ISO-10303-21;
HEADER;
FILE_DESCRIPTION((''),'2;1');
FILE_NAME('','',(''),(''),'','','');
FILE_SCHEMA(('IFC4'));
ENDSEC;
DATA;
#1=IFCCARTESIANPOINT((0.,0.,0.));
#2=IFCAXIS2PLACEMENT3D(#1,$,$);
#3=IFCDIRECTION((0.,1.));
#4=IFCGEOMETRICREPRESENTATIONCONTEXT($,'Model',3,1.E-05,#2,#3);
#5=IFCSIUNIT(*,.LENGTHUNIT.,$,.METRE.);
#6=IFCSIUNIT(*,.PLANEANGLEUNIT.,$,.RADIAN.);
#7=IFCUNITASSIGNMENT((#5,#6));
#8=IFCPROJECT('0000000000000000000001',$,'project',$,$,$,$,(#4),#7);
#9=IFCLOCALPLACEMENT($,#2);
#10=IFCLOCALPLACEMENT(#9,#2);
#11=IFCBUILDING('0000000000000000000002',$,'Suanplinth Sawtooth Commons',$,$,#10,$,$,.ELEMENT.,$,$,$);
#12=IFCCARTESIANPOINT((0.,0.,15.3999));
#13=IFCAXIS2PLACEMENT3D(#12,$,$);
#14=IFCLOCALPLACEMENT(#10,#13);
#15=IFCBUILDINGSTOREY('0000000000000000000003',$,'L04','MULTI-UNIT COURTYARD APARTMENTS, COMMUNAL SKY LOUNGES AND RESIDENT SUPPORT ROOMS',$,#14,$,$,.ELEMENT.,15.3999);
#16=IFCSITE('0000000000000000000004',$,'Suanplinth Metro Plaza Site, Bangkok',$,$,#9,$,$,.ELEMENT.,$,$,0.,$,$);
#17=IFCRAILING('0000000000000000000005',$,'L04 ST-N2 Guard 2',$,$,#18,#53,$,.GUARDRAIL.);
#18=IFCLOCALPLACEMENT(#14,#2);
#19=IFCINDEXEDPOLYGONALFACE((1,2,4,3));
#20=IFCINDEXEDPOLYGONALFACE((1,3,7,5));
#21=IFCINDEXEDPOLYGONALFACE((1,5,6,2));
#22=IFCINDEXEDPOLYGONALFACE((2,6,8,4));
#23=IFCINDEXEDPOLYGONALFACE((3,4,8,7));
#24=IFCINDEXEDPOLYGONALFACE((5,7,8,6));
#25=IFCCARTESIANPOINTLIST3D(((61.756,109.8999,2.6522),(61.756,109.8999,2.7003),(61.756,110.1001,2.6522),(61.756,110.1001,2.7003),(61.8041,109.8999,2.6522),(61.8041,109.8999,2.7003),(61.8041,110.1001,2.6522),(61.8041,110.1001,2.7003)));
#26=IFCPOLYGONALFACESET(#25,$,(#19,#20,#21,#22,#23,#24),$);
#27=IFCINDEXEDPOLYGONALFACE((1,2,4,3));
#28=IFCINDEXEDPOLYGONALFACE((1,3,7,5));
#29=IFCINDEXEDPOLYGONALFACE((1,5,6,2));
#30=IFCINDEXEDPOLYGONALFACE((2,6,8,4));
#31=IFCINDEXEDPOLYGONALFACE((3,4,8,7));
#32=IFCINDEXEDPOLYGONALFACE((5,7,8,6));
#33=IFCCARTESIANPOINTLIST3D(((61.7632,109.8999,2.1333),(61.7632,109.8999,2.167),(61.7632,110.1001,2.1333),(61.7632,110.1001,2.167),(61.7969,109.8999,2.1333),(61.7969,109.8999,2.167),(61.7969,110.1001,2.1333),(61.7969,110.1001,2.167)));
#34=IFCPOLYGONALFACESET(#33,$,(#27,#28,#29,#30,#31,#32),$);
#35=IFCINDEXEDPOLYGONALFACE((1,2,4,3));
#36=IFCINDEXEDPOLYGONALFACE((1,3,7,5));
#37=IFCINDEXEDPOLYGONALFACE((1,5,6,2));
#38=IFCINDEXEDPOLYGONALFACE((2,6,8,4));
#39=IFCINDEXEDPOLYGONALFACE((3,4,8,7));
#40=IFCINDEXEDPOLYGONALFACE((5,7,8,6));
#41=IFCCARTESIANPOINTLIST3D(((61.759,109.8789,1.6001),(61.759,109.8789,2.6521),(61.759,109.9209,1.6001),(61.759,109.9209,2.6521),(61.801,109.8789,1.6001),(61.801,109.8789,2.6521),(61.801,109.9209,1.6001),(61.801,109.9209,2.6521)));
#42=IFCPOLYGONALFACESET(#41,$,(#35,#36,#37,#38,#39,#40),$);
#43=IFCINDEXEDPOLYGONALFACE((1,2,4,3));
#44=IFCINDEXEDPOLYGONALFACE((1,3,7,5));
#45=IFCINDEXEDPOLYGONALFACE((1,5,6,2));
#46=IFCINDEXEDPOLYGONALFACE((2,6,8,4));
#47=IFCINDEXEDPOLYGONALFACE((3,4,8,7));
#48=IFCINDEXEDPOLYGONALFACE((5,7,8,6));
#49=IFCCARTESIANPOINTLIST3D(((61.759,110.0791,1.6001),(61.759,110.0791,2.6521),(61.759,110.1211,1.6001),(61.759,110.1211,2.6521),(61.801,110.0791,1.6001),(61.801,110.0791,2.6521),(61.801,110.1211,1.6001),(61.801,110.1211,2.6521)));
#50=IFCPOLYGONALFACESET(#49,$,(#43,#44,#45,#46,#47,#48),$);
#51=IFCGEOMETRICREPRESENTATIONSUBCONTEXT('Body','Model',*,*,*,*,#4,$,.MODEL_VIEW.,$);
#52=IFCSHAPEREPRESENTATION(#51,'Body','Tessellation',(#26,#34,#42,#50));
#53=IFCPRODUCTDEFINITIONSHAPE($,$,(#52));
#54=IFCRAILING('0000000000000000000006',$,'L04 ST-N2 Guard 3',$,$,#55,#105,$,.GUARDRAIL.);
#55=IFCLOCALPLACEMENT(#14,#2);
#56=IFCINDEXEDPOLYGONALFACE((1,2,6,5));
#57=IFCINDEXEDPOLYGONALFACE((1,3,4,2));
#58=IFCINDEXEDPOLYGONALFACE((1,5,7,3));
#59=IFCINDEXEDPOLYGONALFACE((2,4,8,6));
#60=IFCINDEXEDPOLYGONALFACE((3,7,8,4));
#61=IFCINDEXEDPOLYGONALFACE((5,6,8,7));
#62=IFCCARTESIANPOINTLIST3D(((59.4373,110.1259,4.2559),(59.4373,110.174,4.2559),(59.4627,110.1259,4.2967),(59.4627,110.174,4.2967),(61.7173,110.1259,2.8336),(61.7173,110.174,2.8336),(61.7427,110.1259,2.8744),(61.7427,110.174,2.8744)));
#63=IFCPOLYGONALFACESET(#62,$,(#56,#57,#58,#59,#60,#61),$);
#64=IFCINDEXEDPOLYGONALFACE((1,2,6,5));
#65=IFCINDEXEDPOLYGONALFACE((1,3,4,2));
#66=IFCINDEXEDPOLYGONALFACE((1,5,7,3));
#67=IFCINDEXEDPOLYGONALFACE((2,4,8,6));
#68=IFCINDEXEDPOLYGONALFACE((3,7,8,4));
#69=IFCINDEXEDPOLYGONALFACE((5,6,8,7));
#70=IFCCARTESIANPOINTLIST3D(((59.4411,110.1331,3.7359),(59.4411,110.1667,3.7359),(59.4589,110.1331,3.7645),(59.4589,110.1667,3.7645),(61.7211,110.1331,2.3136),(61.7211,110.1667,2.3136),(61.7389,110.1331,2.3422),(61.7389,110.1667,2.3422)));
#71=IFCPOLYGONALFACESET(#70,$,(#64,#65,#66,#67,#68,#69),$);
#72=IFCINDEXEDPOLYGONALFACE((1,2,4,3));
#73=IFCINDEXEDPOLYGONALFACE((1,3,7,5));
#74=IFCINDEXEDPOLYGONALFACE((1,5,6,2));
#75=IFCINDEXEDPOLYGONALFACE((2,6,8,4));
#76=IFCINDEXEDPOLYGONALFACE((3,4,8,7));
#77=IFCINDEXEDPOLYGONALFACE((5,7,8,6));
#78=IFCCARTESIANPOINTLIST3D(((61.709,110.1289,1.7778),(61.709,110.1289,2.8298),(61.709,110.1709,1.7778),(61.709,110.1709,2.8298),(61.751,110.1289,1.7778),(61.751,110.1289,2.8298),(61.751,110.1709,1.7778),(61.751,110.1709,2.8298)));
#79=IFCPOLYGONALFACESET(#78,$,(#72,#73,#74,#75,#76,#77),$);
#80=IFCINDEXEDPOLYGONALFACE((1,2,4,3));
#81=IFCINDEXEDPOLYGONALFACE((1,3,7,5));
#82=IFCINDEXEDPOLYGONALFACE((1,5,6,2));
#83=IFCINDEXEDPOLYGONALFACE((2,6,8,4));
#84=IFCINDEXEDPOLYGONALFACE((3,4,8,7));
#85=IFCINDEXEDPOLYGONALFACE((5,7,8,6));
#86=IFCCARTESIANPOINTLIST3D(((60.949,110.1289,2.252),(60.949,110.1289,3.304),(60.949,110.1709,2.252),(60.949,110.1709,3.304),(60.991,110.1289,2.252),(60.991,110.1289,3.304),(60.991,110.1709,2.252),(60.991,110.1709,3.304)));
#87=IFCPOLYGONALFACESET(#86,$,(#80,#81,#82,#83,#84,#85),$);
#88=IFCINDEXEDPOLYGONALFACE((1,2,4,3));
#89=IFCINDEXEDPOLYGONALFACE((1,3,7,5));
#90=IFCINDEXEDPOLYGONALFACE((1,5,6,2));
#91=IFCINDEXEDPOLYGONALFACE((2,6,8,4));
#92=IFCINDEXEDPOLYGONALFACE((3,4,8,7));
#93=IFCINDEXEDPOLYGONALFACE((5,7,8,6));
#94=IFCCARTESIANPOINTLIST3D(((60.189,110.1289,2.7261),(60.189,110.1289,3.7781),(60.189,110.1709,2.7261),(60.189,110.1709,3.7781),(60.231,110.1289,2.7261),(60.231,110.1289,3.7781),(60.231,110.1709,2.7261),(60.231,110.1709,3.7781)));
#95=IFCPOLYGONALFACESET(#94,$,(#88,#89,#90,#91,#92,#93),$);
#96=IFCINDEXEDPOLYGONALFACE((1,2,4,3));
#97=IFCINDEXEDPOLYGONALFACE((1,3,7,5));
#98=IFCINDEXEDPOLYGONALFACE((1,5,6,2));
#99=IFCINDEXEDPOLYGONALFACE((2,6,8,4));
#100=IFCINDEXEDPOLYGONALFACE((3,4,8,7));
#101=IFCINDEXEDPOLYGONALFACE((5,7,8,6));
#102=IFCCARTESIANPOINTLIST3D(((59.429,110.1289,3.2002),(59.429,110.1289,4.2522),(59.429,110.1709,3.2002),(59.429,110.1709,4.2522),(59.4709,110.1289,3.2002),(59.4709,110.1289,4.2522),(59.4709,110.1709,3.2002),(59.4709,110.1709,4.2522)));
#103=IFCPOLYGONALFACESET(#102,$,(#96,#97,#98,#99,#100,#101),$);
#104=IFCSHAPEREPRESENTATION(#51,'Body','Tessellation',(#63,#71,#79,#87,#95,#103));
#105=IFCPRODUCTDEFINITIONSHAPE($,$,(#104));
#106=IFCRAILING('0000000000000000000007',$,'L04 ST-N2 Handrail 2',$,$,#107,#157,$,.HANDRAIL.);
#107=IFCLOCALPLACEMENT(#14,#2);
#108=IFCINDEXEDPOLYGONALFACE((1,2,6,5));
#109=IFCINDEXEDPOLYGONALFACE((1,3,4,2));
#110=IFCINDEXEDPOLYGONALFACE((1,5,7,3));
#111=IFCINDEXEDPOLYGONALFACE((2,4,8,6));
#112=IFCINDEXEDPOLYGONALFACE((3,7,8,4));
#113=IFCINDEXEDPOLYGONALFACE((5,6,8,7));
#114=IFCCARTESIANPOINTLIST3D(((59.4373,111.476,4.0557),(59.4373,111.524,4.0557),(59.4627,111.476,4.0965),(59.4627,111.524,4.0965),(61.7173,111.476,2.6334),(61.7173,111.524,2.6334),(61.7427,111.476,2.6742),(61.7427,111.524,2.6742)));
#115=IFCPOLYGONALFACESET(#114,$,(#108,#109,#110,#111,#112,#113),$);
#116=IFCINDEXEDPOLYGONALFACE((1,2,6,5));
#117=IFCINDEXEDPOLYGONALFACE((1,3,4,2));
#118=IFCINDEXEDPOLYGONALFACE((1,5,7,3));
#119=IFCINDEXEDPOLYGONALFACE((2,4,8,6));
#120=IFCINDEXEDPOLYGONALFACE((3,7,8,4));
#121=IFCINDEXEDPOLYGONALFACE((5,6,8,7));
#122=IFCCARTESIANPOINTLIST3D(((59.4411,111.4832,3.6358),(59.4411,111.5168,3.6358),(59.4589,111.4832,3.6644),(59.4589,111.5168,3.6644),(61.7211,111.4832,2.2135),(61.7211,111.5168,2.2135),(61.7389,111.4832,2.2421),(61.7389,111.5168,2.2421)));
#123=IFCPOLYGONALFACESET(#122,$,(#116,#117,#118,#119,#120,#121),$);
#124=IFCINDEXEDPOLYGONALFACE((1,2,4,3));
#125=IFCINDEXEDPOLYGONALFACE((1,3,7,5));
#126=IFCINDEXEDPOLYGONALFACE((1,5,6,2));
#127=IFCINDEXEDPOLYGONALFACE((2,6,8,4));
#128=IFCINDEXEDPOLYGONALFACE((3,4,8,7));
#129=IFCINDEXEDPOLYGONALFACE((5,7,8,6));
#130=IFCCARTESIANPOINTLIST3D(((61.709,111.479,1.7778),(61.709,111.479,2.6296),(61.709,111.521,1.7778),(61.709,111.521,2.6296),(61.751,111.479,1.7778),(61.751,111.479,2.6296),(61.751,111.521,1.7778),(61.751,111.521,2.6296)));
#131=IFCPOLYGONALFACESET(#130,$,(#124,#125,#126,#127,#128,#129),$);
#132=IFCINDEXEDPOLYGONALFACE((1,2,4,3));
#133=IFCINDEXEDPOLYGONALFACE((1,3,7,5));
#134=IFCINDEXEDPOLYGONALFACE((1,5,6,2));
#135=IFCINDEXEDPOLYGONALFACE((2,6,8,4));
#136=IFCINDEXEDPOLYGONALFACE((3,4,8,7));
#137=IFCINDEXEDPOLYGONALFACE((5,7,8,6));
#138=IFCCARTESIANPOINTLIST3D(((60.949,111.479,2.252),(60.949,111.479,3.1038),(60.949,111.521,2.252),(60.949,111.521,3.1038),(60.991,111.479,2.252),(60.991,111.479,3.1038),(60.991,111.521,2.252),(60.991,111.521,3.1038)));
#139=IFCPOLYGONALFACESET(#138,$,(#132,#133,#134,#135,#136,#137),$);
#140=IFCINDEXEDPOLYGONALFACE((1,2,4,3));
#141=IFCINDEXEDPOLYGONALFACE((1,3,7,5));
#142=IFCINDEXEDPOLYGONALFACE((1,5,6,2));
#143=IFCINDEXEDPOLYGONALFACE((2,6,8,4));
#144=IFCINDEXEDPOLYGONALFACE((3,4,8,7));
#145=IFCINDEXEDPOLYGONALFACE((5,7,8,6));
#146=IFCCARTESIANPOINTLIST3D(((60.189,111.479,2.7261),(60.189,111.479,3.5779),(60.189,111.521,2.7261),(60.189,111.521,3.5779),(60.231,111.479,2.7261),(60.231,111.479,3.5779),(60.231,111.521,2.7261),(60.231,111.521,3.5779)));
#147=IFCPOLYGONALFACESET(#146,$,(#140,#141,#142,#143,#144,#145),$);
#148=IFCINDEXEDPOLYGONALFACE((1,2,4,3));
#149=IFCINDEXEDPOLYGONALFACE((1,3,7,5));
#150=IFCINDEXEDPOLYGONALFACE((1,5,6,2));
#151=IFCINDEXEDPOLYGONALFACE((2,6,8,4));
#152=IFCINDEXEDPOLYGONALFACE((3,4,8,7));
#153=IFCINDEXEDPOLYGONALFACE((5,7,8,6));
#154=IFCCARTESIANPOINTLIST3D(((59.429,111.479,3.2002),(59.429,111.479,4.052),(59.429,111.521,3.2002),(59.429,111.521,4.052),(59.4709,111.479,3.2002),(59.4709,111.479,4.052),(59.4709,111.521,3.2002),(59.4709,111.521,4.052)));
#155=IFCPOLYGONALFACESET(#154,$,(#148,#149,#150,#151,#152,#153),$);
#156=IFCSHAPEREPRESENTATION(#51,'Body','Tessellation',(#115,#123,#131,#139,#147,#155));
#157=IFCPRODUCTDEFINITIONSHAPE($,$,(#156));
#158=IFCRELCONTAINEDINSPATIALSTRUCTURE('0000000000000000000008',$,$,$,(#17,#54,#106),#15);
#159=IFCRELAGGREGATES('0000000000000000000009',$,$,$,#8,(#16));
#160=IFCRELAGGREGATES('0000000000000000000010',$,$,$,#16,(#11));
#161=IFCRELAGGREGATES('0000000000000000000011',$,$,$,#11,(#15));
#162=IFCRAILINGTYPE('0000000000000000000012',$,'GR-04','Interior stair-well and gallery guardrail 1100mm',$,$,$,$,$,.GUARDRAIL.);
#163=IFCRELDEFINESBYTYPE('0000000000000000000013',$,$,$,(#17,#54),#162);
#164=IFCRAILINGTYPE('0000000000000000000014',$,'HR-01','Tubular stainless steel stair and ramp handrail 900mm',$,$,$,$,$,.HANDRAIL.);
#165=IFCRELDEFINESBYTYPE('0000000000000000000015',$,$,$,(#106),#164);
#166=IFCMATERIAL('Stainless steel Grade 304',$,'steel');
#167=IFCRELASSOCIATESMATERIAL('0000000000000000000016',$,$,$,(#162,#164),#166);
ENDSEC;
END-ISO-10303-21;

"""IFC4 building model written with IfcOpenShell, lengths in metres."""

from ifc_helpers import new_model, si_unit, direction, frame, origin, origin_2d, place, context, subcontext, project, spatial, rectangle, extrude, material, type_object, element, save


model = new_model("IFC4")

# Units and contexts
model_context = context("Model", 3, precision=1e-05, world=origin(), true_north=direction((0.0, 1.0)))
body_context = subcontext(model_context, "Body", "Model", "MODEL_VIEW")
ifc_project = project(units=[si_unit("LENGTHUNIT", "METRE"), si_unit("PLANEANGLEUNIT", "RADIAN")], contexts=[model_context])

# Site, building, storey
site_placement = place(None, origin())
site = spatial("IfcSite", under=ifc_project, at=site_placement, Name="Suanplinth Metro Plaza Site, Bangkok", CompositionType="ELEMENT", RefElevation=0.0)
building_placement = place(site_placement, origin())
building = spatial("IfcBuilding", under=site, at=building_placement, Name="Suanplinth Sawtooth Commons", CompositionType="ELEMENT")
storey_placement = place(building_placement, frame((0.0, 0.0, 15.3999)))
storey = spatial("IfcBuildingStorey", under=building, at=storey_placement, Name="L04", Description="MULTI-UNIT COURTYARD APARTMENTS, COMMUNAL SKY LOUNGES AND RESIDENT SUPPORT ROOMS", CompositionType="ELEMENT", Elevation=15.3999)

# Shared definitions
ifc_material_1 = material(Name="Stainless steel Grade 304", Category="steel")

# Railings
railing_type_1 = type_object("IfcRailingType", Name="GR-04", Description="Interior stair-well and gallery guardrail 1100mm", PredefinedType="GUARDRAIL", material=ifc_material_1)
railing_1_placement = place(storey_placement, frame((61.78, 109.8999, 1.6001)))
element("IfcRailing", 1, at=railing_1_placement, inside=storey, type_object=railing_type_1, Name="L04 ST-N2 Guard 2", PredefinedType="GUARDRAIL", context=body_context, shape_type="SweptSolid", body=[
    extrude(rectangle(XDim=0.0481, YDim=0.0481, at=origin_2d()), frame((0.0, 0.0, 1.0762), z_axis=(0.0, 1.0, 0.0), x_axis=(-1.0, 0.0, 0.0)), (0.0, 0.0, 1.0), 0.2002),
    extrude(rectangle(XDim=0.0337, YDim=0.0337, at=origin_2d()), frame((0.0, 0.0, 0.55), z_axis=(0.0, 1.0, 0.0), x_axis=(-1.0, 0.0, 0.0)), (0.0, 0.0, 1.0), 0.2002),
    extrude(rectangle(XDim=0.042, YDim=0.042, at=origin_2d()), origin(), (0.0, 0.0, 1.0), 1.052),
    extrude(rectangle(XDim=0.042, YDim=0.042, at=origin_2d()), frame((0.0, 0.2002, 0.0)), (0.0, 0.0, 1.0), 1.052),
])
railing_2_placement = place(storey_placement, frame((61.73, 110.1499, 1.7778)))
element("IfcRailing", 2, at=railing_2_placement, inside=storey, type_object=railing_type_1, Name="L04 ST-N2 Guard 3", PredefinedType="GUARDRAIL", context=body_context, shape_type="SweptSolid", body=[
    extrude(rectangle(XDim=0.0481, YDim=0.0481, at=origin_2d()), frame((0.0, 0.0, 1.0762), z_axis=(-0.848442, 0.0, 0.529288), x_axis=(0.0, -1.0, 0.0)), (0.0, 0.0, 1.0), 2.6873),
    extrude(rectangle(XDim=0.0337, YDim=0.0337, at=origin_2d()), frame((0.0, 0.0, 0.55), z_axis=(-0.848442, 0.0, 0.529288), x_axis=(0.0, -1.0, 0.0)), (0.0, 0.0, 1.0), 2.6873),
    extrude(rectangle(XDim=0.042, YDim=0.042, at=origin_2d()), origin(), (0.0, 0.0, 1.0), 1.052),
    extrude(rectangle(XDim=0.042, YDim=0.042, at=origin_2d()), frame((-0.76, 0.0, 0.4741)), (0.0, 0.0, 1.0), 1.052),
    extrude(rectangle(XDim=0.042, YDim=0.042, at=origin_2d()), frame((-1.52, 0.0, 0.9482)), (0.0, 0.0, 1.0), 1.052),
    extrude(rectangle(XDim=0.042, YDim=0.042, at=origin_2d()), frame((-2.28, 0.0, 1.4224)), (0.0, 0.0, 1.0), 1.052),
])
railing_type_2 = type_object("IfcRailingType", Name="HR-01", Description="Tubular stainless steel stair and ramp handrail 900mm", PredefinedType="HANDRAIL", material=ifc_material_1)
railing_3_placement = place(storey_placement, frame((61.73, 111.5, 1.7778)))
element("IfcRailing", 3, at=railing_3_placement, inside=storey, type_object=railing_type_2, Name="L04 ST-N2 Handrail 2", PredefinedType="HANDRAIL", context=body_context, shape_type="SweptSolid", body=[
    extrude(rectangle(XDim=0.0481, YDim=0.0481, at=origin_2d()), frame((0.0, 0.0, 0.876), z_axis=(-0.848442, 0.0, 0.529288), x_axis=(0.0, -1.0, 0.0)), (0.0, 0.0, 1.0), 2.6873),
    extrude(rectangle(XDim=0.0337, YDim=0.0337, at=origin_2d()), frame((0.0, 0.0, 0.45), z_axis=(-0.848442, 0.0, 0.529288), x_axis=(0.0, -1.0, 0.0)), (0.0, 0.0, 1.0), 2.6873),
    extrude(rectangle(XDim=0.042, YDim=0.042, at=origin_2d()), origin(), (0.0, 0.0, 1.0), 0.8518),
    extrude(rectangle(XDim=0.042, YDim=0.042, at=origin_2d()), frame((-0.76, 0.0, 0.4741)), (0.0, 0.0, 1.0), 0.8518),
    extrude(rectangle(XDim=0.042, YDim=0.042, at=origin_2d()), frame((-1.52, 0.0, 0.9482)), (0.0, 0.0, 1.0), 0.8518),
    extrude(rectangle(XDim=0.042, YDim=0.042, at=origin_2d()), frame((-2.28, 0.0, 1.4224)), (0.0, 0.0, 1.0), 0.8518),
])

save(model, "model.ifc")
